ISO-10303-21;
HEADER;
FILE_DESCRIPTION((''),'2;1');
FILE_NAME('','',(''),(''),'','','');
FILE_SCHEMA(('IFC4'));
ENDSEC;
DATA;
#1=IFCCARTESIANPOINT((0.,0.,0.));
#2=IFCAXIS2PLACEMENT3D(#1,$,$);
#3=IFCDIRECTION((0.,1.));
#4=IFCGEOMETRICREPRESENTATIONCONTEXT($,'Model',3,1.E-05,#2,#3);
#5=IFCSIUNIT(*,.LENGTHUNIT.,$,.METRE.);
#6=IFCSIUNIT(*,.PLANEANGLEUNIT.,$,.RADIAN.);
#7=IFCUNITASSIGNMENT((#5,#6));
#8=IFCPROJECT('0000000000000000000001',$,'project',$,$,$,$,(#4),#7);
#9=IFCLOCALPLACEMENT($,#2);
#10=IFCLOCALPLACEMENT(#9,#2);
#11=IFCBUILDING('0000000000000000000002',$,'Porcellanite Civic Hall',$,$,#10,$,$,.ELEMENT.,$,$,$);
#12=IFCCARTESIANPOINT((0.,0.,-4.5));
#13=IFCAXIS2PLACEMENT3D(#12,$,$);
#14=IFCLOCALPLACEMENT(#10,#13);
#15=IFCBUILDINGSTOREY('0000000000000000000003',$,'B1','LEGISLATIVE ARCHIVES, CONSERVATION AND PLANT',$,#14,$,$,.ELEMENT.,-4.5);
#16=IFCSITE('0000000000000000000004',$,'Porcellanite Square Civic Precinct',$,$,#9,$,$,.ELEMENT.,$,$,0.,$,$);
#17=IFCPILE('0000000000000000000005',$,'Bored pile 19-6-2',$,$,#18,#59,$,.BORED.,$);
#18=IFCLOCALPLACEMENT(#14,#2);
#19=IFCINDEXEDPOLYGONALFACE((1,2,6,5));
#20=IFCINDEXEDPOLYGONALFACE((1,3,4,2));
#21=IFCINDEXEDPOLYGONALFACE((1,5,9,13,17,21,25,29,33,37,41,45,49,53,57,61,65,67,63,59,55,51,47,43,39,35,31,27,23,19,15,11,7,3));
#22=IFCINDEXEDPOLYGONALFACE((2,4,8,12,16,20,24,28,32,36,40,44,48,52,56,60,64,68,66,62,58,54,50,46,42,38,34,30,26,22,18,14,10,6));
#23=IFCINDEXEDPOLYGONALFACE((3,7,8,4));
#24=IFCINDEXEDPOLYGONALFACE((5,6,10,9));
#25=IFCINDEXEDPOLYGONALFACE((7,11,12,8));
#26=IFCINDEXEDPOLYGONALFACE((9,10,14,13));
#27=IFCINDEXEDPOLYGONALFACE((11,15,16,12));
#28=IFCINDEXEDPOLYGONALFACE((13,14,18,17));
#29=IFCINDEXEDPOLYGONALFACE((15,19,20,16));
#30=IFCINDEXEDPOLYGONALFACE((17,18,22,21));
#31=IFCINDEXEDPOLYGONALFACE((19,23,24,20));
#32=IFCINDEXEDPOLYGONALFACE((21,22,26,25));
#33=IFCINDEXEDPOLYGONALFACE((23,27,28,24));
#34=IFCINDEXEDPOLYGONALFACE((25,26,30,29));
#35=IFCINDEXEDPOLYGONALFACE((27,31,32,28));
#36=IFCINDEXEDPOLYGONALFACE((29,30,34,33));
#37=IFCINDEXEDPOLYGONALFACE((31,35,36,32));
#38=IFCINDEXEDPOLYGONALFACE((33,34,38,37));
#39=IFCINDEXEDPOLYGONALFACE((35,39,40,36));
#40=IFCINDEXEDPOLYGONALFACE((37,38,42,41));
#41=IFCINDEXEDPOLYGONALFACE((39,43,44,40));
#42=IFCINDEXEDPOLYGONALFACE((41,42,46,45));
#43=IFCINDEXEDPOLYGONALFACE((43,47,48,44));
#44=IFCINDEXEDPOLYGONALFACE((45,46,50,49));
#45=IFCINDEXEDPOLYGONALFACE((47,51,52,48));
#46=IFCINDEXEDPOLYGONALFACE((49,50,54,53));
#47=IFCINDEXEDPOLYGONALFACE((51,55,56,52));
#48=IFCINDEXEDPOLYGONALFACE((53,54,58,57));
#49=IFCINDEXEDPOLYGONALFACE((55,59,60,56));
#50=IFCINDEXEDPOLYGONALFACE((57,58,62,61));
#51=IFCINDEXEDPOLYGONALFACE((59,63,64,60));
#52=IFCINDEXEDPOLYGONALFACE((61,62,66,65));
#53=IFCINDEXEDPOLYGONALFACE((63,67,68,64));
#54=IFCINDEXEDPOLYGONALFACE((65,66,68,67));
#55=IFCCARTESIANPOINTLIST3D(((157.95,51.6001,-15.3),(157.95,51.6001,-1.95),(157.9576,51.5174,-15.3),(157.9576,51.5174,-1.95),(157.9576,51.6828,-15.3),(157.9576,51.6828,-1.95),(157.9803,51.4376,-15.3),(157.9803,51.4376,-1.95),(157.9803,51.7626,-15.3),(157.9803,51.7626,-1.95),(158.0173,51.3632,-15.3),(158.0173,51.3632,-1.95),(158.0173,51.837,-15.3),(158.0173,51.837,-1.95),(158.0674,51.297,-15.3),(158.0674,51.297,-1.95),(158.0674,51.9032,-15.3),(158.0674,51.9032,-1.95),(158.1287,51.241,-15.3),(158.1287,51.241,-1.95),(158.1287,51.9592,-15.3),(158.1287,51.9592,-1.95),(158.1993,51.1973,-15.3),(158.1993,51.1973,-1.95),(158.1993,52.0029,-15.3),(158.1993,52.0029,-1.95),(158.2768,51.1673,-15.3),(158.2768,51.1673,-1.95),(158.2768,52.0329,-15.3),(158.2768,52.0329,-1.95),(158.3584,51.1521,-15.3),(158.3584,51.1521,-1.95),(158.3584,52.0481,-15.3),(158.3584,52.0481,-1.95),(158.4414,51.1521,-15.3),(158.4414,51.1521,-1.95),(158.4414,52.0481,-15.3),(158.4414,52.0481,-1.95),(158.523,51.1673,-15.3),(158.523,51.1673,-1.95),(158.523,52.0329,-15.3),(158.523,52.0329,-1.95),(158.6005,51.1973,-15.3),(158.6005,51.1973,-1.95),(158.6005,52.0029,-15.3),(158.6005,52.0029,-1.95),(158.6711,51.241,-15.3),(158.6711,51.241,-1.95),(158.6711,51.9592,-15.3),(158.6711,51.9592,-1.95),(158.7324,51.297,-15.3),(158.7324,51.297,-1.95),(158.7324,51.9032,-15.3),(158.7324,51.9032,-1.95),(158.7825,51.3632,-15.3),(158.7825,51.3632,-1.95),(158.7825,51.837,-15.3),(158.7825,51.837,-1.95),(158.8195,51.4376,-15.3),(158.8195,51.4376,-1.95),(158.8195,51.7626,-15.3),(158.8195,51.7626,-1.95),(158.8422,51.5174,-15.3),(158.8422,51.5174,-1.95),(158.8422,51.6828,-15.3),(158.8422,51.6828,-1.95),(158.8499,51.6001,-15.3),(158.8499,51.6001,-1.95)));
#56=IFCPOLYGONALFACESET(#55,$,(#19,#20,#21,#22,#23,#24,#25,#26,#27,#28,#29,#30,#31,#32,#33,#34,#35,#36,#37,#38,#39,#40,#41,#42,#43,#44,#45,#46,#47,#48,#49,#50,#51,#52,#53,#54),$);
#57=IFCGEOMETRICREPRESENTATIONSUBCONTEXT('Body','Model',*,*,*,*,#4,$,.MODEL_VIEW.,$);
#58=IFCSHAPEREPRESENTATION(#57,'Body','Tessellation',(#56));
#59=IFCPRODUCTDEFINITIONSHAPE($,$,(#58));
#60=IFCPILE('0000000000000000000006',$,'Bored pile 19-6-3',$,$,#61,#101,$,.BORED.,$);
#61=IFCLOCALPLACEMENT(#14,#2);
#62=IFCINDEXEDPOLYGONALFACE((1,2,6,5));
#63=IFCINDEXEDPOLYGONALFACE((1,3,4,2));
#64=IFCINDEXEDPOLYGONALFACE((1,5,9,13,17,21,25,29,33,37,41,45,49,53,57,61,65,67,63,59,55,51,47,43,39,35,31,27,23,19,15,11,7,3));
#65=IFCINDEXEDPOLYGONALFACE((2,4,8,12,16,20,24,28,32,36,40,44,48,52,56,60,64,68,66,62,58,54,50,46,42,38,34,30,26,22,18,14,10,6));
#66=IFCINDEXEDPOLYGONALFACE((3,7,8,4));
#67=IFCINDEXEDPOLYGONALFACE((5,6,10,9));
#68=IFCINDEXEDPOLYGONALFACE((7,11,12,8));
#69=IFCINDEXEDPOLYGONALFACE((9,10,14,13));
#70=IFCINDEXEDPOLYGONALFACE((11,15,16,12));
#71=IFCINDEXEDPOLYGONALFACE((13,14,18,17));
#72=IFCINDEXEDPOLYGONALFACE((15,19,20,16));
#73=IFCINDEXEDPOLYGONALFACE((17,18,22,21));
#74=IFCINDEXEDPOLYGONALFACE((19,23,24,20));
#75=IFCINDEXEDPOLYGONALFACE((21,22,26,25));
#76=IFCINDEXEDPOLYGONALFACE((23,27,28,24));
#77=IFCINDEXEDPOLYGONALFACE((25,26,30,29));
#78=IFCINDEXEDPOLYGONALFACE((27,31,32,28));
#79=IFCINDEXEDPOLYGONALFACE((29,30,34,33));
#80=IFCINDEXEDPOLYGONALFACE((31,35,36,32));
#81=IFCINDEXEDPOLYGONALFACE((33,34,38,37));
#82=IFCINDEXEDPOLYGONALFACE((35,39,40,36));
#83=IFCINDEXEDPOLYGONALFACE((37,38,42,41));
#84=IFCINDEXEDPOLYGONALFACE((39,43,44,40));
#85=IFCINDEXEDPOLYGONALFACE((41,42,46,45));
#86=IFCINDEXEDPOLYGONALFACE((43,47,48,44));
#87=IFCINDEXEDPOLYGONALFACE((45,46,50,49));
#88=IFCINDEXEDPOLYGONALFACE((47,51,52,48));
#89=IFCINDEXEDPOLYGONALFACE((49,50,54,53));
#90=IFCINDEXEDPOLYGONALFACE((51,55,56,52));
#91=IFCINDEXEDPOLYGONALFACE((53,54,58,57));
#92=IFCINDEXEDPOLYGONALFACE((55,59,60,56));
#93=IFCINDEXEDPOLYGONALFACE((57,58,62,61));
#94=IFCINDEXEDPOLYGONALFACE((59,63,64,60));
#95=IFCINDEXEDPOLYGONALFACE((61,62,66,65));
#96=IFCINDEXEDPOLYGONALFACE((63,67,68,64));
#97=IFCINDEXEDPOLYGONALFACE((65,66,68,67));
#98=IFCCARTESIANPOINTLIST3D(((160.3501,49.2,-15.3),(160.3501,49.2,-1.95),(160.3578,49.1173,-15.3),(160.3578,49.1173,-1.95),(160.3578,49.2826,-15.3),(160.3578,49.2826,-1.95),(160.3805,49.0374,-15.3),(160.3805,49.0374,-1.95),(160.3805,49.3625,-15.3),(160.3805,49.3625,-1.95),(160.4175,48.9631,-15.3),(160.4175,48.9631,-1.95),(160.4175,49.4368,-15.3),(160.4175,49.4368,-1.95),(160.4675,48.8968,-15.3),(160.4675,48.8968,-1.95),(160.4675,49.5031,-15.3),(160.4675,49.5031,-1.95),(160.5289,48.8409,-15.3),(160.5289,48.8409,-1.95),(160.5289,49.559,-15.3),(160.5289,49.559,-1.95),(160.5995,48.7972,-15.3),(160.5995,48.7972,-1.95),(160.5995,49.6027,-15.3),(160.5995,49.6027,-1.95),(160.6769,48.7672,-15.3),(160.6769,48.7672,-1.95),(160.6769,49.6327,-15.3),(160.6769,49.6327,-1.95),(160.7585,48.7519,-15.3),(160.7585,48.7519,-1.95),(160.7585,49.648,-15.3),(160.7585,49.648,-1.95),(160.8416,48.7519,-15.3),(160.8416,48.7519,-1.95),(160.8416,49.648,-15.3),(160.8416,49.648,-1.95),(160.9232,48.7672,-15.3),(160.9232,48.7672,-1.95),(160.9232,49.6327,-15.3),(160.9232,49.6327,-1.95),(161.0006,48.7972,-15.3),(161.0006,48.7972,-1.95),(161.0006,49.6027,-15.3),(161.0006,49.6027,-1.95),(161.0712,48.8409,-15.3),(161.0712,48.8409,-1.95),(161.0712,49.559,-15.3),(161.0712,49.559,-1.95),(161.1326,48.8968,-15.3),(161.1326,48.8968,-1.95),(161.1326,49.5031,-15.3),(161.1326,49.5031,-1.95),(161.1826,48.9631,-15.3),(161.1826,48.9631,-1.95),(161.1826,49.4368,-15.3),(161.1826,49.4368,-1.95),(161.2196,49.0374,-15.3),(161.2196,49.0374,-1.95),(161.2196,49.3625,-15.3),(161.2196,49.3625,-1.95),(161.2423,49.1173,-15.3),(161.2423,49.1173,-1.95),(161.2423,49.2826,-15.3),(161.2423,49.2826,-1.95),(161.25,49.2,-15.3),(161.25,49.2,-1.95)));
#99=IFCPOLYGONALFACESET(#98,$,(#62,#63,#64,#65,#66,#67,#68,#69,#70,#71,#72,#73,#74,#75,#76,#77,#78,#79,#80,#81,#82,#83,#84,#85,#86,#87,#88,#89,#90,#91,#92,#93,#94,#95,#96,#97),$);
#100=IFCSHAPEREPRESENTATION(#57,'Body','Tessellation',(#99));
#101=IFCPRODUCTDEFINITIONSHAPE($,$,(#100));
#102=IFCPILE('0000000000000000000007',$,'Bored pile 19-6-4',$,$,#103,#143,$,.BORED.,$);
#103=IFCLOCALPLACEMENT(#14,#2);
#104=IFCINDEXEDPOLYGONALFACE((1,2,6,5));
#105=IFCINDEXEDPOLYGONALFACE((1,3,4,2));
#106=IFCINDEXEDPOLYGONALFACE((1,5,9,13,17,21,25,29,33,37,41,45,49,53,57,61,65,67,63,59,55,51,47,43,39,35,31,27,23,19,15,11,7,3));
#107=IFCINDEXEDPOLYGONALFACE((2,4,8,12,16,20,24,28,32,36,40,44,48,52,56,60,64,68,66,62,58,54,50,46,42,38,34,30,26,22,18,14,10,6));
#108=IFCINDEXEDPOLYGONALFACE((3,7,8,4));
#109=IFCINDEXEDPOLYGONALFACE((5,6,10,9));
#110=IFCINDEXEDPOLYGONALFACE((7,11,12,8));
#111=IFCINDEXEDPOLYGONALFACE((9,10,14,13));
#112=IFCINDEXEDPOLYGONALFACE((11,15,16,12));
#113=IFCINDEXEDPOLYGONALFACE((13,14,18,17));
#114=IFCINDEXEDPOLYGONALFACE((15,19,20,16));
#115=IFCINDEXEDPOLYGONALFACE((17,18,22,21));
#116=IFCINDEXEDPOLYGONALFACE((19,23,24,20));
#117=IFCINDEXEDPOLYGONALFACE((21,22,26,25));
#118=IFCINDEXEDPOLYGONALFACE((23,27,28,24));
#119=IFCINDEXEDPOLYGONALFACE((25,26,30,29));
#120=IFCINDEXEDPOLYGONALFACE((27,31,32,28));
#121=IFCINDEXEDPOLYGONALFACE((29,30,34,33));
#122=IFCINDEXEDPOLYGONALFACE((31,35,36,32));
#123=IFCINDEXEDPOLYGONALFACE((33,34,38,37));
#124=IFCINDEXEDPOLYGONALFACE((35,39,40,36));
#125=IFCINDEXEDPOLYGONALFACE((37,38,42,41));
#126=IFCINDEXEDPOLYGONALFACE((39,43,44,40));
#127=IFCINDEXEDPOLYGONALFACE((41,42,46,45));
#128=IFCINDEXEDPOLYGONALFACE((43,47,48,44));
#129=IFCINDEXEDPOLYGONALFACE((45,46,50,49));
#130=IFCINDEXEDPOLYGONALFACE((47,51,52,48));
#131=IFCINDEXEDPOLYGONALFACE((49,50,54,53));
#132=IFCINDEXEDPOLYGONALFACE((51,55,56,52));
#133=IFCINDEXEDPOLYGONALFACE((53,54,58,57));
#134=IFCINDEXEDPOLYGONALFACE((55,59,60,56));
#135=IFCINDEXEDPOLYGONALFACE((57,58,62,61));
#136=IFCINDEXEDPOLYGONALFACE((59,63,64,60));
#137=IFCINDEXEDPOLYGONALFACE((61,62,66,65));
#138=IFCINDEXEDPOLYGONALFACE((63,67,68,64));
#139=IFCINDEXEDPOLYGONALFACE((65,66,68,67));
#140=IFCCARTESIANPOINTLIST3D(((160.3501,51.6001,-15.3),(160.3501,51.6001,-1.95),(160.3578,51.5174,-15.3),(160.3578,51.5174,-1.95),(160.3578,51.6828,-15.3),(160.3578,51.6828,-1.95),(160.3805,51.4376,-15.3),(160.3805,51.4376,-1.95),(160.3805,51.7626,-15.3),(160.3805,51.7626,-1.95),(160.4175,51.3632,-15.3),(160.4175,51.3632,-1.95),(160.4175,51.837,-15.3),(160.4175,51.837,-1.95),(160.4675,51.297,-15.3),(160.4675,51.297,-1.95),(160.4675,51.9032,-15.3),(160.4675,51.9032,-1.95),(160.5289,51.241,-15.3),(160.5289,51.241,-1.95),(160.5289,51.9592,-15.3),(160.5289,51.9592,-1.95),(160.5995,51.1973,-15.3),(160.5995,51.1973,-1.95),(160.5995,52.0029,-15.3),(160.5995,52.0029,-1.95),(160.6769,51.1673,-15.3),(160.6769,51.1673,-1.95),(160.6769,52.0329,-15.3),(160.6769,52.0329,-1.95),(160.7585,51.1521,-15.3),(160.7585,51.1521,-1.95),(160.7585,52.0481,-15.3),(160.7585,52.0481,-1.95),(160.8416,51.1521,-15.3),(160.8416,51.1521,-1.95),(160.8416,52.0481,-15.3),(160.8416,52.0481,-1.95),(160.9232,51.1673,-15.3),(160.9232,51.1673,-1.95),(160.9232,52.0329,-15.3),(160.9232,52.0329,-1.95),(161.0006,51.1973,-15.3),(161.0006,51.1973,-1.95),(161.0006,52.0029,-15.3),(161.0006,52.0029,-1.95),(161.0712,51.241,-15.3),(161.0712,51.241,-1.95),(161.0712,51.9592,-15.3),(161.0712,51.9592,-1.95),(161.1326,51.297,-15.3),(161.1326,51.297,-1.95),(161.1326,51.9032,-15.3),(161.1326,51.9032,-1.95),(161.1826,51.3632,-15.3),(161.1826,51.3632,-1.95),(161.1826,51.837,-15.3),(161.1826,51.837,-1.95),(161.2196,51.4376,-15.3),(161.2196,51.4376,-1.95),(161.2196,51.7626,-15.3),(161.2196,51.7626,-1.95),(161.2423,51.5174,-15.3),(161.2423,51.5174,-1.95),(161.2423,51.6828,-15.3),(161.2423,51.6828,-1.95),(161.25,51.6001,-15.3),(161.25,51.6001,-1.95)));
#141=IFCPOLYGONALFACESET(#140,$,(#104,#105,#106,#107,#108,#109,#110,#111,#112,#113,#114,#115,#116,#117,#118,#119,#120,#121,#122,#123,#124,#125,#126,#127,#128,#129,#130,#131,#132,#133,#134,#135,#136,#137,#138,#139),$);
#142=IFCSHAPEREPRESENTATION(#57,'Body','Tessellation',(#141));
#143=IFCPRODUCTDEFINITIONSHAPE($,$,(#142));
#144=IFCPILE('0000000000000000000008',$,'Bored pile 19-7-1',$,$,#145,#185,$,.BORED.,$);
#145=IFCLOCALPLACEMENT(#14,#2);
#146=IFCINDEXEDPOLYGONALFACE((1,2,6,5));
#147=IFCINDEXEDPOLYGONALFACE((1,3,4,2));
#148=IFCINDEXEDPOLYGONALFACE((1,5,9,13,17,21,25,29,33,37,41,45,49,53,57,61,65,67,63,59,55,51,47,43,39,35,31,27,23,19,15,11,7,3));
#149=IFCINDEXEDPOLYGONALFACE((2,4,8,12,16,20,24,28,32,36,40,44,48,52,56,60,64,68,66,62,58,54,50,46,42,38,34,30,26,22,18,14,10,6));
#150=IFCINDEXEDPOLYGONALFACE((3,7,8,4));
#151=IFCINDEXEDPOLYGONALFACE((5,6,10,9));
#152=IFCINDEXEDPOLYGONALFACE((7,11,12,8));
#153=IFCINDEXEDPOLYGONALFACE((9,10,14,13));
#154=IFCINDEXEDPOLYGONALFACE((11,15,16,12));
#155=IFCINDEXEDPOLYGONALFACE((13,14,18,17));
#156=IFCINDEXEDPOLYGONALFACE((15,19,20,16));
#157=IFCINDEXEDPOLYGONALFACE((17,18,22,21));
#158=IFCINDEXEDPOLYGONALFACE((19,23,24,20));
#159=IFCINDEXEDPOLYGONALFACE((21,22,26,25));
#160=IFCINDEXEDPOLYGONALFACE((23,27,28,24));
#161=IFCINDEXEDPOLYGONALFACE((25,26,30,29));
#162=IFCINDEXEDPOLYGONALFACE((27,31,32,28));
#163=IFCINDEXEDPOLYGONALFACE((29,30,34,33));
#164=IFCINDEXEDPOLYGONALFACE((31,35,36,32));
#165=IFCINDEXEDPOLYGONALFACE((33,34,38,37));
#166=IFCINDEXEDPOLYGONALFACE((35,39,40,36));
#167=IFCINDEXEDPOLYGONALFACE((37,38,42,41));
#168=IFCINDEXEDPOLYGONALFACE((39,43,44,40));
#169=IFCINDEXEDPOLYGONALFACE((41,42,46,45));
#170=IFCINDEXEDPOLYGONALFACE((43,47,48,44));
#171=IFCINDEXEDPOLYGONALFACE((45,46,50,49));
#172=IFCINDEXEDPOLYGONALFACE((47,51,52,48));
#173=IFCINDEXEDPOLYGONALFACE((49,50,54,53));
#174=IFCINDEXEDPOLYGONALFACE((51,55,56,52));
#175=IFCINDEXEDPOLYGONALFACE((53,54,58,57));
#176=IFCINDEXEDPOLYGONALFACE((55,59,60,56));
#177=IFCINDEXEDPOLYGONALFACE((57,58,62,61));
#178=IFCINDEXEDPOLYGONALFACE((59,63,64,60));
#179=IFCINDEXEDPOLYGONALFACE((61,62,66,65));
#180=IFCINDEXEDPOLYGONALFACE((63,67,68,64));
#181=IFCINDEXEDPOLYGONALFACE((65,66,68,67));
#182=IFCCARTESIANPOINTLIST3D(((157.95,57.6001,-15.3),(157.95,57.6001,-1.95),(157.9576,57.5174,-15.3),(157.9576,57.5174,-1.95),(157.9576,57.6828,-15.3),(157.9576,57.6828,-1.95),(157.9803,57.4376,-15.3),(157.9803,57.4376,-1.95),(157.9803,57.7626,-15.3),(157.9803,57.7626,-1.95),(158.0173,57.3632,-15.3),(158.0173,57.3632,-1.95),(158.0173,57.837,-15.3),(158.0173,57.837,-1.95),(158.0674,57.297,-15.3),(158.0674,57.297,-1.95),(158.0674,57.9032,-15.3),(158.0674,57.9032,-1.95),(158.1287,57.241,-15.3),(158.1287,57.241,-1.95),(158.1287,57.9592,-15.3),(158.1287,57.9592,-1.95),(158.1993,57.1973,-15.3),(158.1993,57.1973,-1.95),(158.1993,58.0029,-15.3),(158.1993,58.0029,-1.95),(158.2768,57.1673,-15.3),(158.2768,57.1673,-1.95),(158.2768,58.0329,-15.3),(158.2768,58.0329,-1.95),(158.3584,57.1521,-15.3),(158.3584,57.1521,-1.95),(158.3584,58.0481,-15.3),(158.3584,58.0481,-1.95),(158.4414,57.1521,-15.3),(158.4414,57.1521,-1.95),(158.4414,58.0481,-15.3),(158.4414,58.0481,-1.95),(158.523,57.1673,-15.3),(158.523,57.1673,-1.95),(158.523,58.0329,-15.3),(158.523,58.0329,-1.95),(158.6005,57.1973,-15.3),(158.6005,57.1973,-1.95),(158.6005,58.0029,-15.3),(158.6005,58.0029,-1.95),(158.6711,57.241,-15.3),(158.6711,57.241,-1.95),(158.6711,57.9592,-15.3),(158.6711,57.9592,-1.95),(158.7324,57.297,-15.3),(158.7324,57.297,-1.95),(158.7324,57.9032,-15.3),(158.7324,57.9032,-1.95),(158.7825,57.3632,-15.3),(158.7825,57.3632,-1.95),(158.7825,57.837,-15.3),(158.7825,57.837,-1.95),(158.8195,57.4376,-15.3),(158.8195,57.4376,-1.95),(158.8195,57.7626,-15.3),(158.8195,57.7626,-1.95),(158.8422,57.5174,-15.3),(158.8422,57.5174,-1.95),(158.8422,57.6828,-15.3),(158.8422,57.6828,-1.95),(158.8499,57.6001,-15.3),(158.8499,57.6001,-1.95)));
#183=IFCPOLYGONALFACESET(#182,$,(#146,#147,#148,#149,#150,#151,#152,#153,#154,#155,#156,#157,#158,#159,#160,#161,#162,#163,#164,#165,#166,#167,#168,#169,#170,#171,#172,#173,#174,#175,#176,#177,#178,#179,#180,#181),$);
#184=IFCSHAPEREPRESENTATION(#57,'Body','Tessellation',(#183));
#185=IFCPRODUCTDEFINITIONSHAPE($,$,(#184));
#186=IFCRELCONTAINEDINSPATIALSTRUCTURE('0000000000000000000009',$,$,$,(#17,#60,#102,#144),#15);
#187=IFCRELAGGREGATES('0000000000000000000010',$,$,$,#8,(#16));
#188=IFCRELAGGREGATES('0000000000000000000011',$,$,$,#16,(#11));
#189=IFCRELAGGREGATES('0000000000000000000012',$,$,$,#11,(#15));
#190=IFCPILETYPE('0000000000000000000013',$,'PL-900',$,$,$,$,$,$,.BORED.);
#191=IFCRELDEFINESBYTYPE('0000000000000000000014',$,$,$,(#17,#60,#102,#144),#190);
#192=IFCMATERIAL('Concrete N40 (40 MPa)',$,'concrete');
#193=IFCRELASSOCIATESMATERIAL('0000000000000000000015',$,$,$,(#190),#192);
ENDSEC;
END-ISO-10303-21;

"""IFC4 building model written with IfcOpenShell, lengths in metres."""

from ifc_helpers import new_model, si_unit, direction, frame, origin, origin_2d, place, context, subcontext, project, spatial, circle, extrude, material, material_profile, profile_set, type_object, element, save


model = new_model("IFC4")

# Units and contexts
model_context = context("Model", 3, precision=1e-05, world=origin(), true_north=direction((0.0, 1.0)))
body_context = subcontext(model_context, "Body", "Model", "MODEL_VIEW")
ifc_project = project(units=[si_unit("LENGTHUNIT", "METRE"), si_unit("PLANEANGLEUNIT", "RADIAN")], contexts=[model_context])

# Site, building, storey
site_placement = place(None, origin())
site = spatial("IfcSite", under=ifc_project, at=site_placement, Name="Porcellanite Square Civic Precinct", CompositionType="ELEMENT", RefElevation=0.0)
building_placement = place(site_placement, origin())
building = spatial("IfcBuilding", under=site, at=building_placement, Name="Porcellanite Civic Hall", CompositionType="ELEMENT")
storey_placement = place(building_placement, frame((0.0, 0.0, -4.5)))
storey = spatial("IfcBuildingStorey", under=building, at=storey_placement, Name="B1", Description="LEGISLATIVE ARCHIVES, CONSERVATION AND PLANT", CompositionType="ELEMENT", Elevation=-4.5)

# Piles
ifc_material_1 = material(Name="Concrete N40 (40 MPa)", Category="concrete")
ifc_material_profile_1 = material_profile(ifc_material_1, circle(Radius=0.45, at=origin_2d()), Name="PILE-D900")
ifc_profile_set_1 = profile_set([ifc_material_profile_1], Name="Concrete N40 (40 MPa)")
pile_type = type_object("IfcPileType", Name="PL-900", PredefinedType="BORED", material=ifc_profile_set_1)
for number, where, z_axis, x_axis, name in (
    (1, (158.3999, 51.6001, -1.95), (0.0, 0.0, -1.0), (1.0, 0.0, 0.0), "Bored pile 19-6-2"),
    (2, (160.8, 49.2, -1.95), (0.0, 0.0, -1.0), (1.0, 0.0, 0.0), "Bored pile 19-6-3"),
    (3, (160.8, 51.6001, -1.95), (0.0, 0.0, -1.0), (1.0, 0.0, 0.0), "Bored pile 19-6-4"),
    (4, (158.3999, 57.6001, -1.95), (0.0, 0.0, -1.0), (1.0, 0.0, 0.0), "Bored pile 19-7-1"),
):
    element("IfcPile", number, at=place(storey_placement, frame(where, z_axis=z_axis, x_axis=x_axis)), inside=storey, type_object=pile_type, Name=name, PredefinedType="BORED", context=body_context, shape_type="SweptSolid", body=[
        extrude(circle(Radius=0.45, at=origin_2d()), origin(), (0.0, 0.0, 1.0), 13.3501),
    ])

save(model, "model.ifc")
